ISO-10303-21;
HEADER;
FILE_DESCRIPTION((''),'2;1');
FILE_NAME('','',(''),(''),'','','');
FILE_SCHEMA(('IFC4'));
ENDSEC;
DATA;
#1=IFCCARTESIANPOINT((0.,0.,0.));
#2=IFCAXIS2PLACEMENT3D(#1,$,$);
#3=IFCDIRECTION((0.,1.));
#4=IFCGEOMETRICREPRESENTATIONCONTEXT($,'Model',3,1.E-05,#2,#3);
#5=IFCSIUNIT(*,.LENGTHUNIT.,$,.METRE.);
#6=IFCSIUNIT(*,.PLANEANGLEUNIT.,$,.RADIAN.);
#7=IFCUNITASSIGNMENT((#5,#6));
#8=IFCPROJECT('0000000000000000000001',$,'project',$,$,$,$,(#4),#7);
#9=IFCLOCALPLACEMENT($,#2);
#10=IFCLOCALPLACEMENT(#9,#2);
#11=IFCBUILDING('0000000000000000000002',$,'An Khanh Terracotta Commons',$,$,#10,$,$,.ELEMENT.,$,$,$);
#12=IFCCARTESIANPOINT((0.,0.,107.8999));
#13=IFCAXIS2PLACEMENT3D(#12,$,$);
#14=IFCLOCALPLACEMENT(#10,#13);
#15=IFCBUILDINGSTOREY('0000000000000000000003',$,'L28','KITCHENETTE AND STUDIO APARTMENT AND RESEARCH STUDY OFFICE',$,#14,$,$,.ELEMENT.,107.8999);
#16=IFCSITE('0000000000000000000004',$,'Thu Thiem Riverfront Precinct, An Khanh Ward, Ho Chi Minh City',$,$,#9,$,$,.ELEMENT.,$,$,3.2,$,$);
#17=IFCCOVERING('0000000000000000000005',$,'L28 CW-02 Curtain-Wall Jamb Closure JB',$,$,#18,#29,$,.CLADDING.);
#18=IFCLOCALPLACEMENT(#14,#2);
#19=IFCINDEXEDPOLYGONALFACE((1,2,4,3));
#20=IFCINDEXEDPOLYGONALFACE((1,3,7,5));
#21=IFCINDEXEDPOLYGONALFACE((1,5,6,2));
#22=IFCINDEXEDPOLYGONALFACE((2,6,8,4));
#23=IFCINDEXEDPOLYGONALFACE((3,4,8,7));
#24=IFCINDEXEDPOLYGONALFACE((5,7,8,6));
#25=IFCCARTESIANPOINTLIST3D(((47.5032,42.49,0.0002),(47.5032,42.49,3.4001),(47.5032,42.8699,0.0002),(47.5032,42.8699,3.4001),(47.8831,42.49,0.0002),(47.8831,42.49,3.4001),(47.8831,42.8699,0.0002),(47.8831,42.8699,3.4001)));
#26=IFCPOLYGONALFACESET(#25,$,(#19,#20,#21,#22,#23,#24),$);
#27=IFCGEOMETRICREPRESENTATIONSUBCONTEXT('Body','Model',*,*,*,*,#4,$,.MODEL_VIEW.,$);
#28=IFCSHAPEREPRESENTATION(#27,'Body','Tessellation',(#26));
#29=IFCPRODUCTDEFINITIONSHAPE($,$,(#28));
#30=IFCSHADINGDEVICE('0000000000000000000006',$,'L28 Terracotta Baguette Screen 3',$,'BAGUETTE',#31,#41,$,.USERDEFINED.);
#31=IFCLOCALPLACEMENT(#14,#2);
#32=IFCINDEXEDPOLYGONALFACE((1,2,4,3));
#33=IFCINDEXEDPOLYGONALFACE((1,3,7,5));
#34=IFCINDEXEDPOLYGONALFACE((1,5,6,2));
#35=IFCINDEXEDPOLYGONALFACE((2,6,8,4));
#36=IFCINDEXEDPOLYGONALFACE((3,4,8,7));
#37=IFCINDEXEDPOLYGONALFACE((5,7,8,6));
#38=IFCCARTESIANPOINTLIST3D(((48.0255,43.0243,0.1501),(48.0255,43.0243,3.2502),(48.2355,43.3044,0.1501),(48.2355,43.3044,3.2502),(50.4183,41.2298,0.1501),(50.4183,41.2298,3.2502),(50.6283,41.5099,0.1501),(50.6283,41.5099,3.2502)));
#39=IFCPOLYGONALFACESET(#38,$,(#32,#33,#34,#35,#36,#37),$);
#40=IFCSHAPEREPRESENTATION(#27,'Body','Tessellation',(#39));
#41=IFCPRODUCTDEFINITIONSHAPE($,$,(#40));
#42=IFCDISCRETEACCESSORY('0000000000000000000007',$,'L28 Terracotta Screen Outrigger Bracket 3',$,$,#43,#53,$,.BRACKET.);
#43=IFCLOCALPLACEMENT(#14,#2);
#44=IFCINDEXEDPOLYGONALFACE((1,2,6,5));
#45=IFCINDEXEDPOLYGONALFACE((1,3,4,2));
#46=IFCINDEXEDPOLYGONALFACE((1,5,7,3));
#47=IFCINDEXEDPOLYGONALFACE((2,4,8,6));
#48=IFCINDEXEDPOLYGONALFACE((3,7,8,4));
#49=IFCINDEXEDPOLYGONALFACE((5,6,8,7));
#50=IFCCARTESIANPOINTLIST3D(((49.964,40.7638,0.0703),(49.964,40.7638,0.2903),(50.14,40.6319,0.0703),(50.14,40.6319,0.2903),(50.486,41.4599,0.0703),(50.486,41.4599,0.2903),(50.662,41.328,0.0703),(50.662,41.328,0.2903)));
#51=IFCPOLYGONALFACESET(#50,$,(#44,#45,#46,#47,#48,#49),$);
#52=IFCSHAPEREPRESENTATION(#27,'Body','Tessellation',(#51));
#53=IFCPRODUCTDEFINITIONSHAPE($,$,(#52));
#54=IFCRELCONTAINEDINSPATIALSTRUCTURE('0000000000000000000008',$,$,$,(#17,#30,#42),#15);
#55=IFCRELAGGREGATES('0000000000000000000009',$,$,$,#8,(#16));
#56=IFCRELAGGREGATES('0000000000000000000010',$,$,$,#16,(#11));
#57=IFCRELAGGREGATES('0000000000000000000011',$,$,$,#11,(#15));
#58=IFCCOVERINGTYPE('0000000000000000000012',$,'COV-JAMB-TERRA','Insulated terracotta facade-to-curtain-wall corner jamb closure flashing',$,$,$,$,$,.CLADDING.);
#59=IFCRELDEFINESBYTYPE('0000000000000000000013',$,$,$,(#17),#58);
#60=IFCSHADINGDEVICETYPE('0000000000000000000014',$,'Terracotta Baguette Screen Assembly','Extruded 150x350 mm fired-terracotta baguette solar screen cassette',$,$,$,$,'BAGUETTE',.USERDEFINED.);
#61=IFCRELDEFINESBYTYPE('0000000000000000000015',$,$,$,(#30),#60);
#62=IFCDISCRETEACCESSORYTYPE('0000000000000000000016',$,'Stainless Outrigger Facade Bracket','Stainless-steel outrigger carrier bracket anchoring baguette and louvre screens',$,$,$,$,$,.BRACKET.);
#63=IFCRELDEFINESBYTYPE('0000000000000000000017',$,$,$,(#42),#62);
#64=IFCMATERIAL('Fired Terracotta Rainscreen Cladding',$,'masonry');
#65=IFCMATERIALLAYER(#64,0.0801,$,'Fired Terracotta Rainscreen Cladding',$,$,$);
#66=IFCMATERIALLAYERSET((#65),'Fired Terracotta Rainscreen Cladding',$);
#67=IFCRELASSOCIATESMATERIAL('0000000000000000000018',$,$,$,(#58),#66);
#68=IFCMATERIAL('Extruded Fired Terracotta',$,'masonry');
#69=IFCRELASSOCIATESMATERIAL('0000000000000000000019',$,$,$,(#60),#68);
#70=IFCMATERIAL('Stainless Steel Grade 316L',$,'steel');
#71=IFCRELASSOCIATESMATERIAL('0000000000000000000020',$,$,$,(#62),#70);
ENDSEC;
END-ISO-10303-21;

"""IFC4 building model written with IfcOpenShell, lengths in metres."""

from ifc_helpers import new_model, si_unit, direction, frame, origin, origin_2d, place, context, subcontext, project, spatial, rectangle, extrude, material, layer, layer_set, type_object, element, save


model = new_model("IFC4")

# Units and contexts
model_context = context("Model", 3, precision=1e-05, world=origin(), true_north=direction((0.0, 1.0)))
body_context = subcontext(model_context, "Body", "Model", "MODEL_VIEW")
ifc_project = project(units=[si_unit("LENGTHUNIT", "METRE"), si_unit("PLANEANGLEUNIT", "RADIAN")], contexts=[model_context])

# Site, building, storey
site_placement = place(None, origin())
site = spatial("IfcSite", under=ifc_project, at=site_placement, Name="Thu Thiem Riverfront Precinct, An Khanh Ward, Ho Chi Minh City", CompositionType="ELEMENT", RefElevation=3.2)
building_placement = place(site_placement, origin())
building = spatial("IfcBuilding", under=site, at=building_placement, Name="An Khanh Terracotta Commons", CompositionType="ELEMENT")
storey_placement = place(building_placement, frame((0.0, 0.0, 107.8999)))
storey = spatial("IfcBuildingStorey", under=building, at=storey_placement, Name="L28", Description="KITCHENETTE AND STUDIO APARTMENT AND RESEARCH STUDY OFFICE", CompositionType="ELEMENT", Elevation=107.8999)

# Covering
ifc_material_1 = material(Name="Fired Terracotta Rainscreen Cladding", Category="masonry")
ifc_layer_1 = layer(ifc_material_1, 0.0801, Name="Fired Terracotta Rainscreen Cladding")
ifc_layer_set_1 = layer_set([ifc_layer_1], Name="Fired Terracotta Rainscreen Cladding")
covering_type = type_object("IfcCoveringType", Name="COV-JAMB-TERRA", Description="Insulated terracotta facade-to-curtain-wall corner jamb closure flashing", PredefinedType="CLADDING", material=ifc_layer_set_1)
covering_placement = place(storey_placement, frame((47.6931, 42.6799, 0.0002), z_axis=(0.0, 0.0, 1.0), x_axis=(1.0, 0.0, 0.0)))
element("IfcCovering", 1, at=covering_placement, inside=storey, type_object=covering_type, Name="L28 CW-02 Curtain-Wall Jamb Closure JB", PredefinedType="CLADDING", context=body_context, shape_type="SweptSolid", body=[
    extrude(rectangle(XDim=0.3799, YDim=0.3799, at=origin_2d()), origin(), (0.0, 0.0, 1.0), 3.3999),
])

# Shading device
ifc_material_2 = material(Name="Extruded Fired Terracotta", Category="masonry")
shading_device_type = type_object("IfcShadingDeviceType", Name="Terracotta Baguette Screen Assembly", Description="Extruded 150x350 mm fired-terracotta baguette solar screen cassette", ElementType="BAGUETTE", PredefinedType="USERDEFINED", material=ifc_material_2)
shading_device_placement = place(storey_placement, frame((49.3269, 42.2671, 0.1501), z_axis=(0.0, 0.0, 1.0), x_axis=(-0.800013, 0.599983, 0.0)))
element("IfcShadingDevice", 2, at=shading_device_placement, inside=storey, type_object=shading_device_type, Name="L28 Terracotta Baguette Screen 3", ObjectType="BAGUETTE", PredefinedType="USERDEFINED", context=body_context, shape_type="SweptSolid", body=[
    extrude(rectangle(XDim=2.991, YDim=0.3501, at=origin_2d()), origin(), (0.0, 0.0, 1.0), 3.1001),
])

# Discrete accessory
ifc_material_3 = material(Name="Stainless Steel Grade 316L", Category="steel")
discrete_accessory_type = type_object("IfcDiscreteAccessoryType", Name="Stainless Outrigger Facade Bracket", Description="Stainless-steel outrigger carrier bracket anchoring baguette and louvre screens", PredefinedType="BRACKET", material=ifc_material_3)
discrete_accessory_placement = place(storey_placement, frame((50.313, 41.0459, 0.0703), z_axis=(0.0, 0.0, 1.0), x_axis=(-0.800013, 0.599983, 0.0)))
element("IfcDiscreteAccessory", 3, at=discrete_accessory_placement, inside=storey, type_object=discrete_accessory_type, Name="L28 Terracotta Screen Outrigger Bracket 3", PredefinedType="BRACKET", context=body_context, shape_type="SweptSolid", body=[
    extrude(rectangle(XDim=0.22, YDim=0.8701, at=origin_2d()), origin(), (0.0, 0.0, 1.0), 0.22),
])

save(model, "model.ifc")
